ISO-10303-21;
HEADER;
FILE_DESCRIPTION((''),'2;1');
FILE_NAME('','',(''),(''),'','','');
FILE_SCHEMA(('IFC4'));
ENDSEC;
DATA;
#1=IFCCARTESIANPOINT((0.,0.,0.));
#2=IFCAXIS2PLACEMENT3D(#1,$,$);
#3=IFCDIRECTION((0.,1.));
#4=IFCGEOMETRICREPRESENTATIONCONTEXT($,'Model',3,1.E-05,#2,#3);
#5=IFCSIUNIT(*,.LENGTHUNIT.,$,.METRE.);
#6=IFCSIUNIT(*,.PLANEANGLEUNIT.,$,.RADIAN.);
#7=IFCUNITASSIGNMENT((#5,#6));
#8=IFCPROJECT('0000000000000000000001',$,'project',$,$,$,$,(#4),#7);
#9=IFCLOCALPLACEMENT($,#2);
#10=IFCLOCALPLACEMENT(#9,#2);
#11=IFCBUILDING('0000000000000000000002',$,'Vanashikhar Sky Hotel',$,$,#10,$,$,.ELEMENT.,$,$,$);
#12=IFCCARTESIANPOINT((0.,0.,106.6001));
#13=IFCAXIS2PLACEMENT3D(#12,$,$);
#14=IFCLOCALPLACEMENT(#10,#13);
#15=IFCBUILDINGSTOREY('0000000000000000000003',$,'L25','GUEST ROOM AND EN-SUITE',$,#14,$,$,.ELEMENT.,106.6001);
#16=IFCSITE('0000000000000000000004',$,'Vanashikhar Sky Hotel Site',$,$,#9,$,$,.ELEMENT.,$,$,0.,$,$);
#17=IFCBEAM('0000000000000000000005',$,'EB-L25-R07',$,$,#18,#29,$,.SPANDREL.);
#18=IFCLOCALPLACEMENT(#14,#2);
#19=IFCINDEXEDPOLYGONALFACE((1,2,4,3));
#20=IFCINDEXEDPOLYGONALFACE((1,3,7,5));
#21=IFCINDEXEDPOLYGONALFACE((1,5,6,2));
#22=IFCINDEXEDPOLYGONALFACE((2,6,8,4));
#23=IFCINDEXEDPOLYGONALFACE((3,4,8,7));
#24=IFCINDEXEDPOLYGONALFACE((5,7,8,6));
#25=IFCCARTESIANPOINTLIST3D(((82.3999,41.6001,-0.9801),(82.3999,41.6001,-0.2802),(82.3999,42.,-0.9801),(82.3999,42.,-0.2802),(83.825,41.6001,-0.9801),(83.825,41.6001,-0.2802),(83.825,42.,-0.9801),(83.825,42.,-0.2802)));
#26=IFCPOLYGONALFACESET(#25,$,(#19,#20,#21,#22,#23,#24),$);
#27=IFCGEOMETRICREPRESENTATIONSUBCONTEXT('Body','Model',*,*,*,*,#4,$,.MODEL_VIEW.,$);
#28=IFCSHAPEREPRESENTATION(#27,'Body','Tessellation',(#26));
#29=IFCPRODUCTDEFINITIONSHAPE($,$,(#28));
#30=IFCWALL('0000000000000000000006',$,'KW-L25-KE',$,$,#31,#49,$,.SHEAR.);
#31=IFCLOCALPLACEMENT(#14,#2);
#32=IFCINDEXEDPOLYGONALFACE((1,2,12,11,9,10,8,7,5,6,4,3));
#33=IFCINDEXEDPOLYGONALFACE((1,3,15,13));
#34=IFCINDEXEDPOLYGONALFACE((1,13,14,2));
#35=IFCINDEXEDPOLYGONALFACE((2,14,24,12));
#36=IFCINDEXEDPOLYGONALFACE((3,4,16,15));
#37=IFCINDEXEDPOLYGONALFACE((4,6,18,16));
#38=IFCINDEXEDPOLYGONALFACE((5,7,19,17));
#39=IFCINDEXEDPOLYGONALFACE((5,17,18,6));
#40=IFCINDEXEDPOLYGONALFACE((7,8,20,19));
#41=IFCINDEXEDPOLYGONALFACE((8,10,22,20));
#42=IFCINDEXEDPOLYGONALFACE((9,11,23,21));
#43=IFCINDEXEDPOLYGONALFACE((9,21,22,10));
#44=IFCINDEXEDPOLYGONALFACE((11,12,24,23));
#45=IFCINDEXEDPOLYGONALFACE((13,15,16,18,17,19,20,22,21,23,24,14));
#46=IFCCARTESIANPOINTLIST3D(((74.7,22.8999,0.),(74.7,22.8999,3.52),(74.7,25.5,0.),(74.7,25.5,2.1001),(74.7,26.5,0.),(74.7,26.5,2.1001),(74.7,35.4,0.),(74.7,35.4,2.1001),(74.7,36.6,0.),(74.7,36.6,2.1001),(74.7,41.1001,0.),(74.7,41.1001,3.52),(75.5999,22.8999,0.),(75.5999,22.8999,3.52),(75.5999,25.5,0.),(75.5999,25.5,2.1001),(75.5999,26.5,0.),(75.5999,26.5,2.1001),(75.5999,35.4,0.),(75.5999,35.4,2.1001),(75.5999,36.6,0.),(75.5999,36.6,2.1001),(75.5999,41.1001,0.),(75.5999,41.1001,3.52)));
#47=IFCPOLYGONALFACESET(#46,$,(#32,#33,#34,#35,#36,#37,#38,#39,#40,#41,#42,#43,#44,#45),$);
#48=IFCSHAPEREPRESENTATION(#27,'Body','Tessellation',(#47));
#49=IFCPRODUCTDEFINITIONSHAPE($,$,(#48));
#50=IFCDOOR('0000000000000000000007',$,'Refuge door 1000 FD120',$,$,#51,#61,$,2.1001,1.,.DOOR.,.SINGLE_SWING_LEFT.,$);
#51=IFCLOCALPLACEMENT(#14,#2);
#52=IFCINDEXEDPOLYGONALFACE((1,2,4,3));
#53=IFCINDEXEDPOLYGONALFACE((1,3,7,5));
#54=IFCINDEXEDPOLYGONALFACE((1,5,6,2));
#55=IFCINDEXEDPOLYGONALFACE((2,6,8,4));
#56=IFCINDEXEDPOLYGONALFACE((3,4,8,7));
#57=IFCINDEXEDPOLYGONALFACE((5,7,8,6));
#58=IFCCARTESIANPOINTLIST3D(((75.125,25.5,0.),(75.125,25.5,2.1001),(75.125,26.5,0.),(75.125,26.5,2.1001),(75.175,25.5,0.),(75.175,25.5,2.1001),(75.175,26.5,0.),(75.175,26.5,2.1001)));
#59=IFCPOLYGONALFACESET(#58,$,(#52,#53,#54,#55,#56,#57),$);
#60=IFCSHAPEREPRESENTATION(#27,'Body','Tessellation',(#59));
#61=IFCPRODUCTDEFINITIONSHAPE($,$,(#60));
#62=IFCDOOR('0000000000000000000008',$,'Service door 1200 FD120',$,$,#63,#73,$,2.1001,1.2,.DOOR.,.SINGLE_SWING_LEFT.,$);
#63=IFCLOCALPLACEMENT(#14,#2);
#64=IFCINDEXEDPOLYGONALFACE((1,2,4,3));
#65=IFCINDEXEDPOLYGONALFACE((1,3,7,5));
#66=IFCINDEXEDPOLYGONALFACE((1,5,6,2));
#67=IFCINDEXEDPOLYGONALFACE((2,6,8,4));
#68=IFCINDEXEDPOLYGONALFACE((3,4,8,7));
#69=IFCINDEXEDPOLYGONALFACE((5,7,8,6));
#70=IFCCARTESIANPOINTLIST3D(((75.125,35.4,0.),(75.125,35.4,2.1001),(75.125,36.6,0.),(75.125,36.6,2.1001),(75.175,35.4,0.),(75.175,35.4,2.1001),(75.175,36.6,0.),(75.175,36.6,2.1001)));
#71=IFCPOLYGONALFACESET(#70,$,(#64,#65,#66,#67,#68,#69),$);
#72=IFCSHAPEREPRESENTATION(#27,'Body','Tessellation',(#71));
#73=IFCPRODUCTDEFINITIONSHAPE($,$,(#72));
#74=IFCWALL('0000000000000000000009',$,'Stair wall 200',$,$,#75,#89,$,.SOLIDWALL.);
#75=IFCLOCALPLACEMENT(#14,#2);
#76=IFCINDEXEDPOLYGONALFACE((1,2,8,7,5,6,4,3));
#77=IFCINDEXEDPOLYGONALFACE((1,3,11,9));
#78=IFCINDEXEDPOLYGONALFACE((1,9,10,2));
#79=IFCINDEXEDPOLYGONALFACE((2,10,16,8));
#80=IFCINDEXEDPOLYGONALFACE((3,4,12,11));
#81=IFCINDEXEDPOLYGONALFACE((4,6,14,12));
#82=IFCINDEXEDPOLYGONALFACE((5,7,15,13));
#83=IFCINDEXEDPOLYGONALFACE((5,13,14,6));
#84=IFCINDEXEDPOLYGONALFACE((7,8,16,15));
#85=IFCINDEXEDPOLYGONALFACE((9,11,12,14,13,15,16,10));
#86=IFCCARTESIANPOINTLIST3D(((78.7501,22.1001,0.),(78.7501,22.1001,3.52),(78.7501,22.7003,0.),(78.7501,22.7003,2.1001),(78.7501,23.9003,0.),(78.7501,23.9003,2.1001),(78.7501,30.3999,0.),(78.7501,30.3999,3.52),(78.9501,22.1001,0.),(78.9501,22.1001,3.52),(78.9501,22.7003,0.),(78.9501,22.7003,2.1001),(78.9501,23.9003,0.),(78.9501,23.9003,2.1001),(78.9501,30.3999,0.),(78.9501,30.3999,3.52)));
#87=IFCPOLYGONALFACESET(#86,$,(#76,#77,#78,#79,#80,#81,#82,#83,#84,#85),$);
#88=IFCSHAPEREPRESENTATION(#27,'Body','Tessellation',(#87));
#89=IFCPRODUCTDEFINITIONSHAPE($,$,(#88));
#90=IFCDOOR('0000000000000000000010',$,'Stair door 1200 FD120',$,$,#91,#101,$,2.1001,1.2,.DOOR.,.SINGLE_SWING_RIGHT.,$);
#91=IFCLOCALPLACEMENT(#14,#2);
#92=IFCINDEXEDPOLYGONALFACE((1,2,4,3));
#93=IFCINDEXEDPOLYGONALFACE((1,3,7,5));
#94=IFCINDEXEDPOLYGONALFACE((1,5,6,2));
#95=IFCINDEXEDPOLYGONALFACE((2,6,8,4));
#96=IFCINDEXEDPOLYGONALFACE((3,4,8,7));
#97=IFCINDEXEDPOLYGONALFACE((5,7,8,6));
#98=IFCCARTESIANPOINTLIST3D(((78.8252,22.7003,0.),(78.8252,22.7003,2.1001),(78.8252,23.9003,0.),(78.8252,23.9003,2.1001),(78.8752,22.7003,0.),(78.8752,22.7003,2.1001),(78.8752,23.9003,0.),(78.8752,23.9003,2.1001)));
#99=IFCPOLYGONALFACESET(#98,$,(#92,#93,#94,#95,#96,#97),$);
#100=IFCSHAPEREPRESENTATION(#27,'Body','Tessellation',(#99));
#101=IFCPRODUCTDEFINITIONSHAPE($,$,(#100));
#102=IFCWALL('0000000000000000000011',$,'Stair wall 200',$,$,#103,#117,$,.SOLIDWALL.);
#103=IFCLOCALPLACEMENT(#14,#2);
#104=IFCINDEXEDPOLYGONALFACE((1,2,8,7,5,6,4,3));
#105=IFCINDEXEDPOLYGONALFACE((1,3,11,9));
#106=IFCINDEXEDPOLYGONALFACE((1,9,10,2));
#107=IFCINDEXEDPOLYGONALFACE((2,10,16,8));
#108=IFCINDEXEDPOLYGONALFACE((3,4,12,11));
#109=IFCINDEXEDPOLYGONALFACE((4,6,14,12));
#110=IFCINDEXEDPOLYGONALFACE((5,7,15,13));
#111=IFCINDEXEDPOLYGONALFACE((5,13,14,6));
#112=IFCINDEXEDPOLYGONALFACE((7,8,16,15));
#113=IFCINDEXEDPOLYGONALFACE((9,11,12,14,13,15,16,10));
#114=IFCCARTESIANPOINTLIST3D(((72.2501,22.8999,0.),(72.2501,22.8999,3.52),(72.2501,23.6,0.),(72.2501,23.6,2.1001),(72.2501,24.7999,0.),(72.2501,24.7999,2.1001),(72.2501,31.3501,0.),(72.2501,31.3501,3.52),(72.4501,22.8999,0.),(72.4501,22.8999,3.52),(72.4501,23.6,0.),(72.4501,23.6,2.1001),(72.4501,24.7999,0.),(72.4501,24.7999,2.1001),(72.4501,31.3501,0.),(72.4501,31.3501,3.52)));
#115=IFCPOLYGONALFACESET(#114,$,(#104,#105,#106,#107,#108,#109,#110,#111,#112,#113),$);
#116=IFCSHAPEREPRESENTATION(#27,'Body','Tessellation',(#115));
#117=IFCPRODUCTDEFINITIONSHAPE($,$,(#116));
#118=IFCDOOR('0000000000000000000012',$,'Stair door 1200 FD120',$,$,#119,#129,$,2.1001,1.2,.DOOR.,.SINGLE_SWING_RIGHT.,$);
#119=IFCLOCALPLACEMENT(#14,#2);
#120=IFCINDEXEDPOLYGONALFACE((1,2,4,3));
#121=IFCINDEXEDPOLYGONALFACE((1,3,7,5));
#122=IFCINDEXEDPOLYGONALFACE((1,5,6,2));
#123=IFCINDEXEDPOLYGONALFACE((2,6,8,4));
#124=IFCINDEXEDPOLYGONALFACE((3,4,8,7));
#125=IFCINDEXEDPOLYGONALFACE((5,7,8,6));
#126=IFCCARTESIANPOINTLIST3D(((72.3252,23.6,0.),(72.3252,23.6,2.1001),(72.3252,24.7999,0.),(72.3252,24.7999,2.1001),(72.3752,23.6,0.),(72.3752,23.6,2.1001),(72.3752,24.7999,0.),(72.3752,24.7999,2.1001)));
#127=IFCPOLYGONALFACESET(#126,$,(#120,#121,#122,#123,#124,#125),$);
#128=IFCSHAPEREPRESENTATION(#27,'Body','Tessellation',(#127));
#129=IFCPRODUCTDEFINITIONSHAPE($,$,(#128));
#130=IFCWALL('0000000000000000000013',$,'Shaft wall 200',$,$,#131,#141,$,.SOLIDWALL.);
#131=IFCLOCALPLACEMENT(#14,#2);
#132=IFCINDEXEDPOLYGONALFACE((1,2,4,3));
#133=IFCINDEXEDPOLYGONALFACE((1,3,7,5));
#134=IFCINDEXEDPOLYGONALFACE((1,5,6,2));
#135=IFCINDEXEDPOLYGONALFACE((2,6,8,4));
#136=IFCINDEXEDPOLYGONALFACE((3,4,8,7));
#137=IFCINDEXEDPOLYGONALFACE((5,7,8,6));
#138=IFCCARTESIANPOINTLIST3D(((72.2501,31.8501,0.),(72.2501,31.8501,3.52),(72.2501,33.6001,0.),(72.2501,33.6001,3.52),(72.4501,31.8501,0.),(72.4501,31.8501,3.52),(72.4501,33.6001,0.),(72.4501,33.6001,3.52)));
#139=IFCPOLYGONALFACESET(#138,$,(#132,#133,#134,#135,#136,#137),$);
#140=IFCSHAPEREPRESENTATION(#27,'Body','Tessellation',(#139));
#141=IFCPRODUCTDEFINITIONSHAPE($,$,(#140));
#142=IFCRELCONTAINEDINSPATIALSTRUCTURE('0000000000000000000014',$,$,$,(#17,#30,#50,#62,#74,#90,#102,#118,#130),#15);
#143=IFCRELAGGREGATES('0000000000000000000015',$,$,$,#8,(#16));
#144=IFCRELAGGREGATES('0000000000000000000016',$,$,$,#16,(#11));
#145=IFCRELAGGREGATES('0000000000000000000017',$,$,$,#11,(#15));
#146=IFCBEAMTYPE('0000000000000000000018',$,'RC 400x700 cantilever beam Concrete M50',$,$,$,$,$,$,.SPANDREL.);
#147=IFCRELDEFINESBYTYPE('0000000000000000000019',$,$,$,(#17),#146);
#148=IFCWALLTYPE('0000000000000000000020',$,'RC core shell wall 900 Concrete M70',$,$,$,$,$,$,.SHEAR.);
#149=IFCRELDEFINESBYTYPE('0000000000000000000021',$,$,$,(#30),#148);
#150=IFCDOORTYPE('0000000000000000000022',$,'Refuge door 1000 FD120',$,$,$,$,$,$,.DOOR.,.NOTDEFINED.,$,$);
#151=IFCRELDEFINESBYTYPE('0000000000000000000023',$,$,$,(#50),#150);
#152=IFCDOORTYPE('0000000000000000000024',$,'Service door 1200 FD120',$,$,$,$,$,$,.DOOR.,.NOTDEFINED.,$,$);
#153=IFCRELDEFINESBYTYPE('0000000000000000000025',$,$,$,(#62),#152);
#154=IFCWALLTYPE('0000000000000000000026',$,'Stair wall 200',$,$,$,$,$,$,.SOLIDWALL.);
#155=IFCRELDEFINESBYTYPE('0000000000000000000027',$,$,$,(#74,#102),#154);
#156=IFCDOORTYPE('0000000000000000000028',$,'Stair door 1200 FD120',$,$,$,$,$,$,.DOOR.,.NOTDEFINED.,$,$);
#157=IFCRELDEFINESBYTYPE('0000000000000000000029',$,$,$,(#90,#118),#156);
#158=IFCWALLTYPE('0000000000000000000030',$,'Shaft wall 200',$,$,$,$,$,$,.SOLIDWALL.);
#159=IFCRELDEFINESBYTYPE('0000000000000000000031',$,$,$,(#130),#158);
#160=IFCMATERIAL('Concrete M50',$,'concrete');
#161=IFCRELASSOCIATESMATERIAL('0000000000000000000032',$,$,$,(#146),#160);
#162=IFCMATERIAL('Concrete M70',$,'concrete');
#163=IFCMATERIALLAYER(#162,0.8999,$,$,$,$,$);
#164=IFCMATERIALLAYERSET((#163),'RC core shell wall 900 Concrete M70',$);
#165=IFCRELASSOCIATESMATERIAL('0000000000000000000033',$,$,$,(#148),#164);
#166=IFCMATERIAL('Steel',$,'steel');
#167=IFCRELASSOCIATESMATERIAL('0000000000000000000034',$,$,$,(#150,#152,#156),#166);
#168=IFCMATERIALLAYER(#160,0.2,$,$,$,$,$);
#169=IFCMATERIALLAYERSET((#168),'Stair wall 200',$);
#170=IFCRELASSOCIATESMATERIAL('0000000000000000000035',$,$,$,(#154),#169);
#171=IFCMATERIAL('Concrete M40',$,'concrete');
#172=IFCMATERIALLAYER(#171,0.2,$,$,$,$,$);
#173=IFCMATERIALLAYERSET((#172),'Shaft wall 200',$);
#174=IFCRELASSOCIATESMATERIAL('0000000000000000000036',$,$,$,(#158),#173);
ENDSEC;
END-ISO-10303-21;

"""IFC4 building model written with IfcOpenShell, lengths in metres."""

from ifc_helpers import new_model, si_unit, direction, frame, frame_2d, origin, origin_2d, place, context, subcontext, project, spatial, rectangle, extrude, source, transform, mapped, material, layer, layer_set, material_profile, profile_set, type_object, element, fill, save


model = new_model("IFC4")

# Units and contexts
model_context = context("Model", 3, precision=1e-05, world=origin(), true_north=direction((0.0, 1.0)))
body_context = subcontext(model_context, "Body", "Model", "MODEL_VIEW")
ifc_project = project(units=[si_unit("LENGTHUNIT", "METRE"), si_unit("PLANEANGLEUNIT", "RADIAN")], contexts=[model_context])

# Site, building, storey
site_placement = place(None, origin())
site = spatial("IfcSite", under=ifc_project, at=site_placement, Name="Vanashikhar Sky Hotel Site", CompositionType="ELEMENT", RefElevation=0.0)
building_placement = place(site_placement, origin())
building = spatial("IfcBuilding", under=site, at=building_placement, Name="Vanashikhar Sky Hotel", CompositionType="ELEMENT")
storey_placement = place(building_placement, frame((0.0, 0.0, 106.6001)))
storey = spatial("IfcBuildingStorey", under=building, at=storey_placement, Name="L25", Description="GUEST ROOM AND EN-SUITE", CompositionType="ELEMENT", Elevation=106.6001)

# Beam
ifc_material_1 = material(Name="Concrete M50", Category="concrete")
ifc_material_profile = material_profile(ifc_material_1, rectangle(XDim=0.3999, YDim=0.7, at=origin_2d()))
ifc_profile_set = profile_set([ifc_material_profile], Name="RC 400x700 cantilever beam Concrete M50")
beam_type = type_object("IfcBeamType", Name="RC 400x700 cantilever beam Concrete M50", PredefinedType="SPANDREL", material=ifc_profile_set)
shared_shape_1 = source(origin(), body_context, "Body", "SweptSolid", [
    extrude(rectangle(XDim=0.3999, YDim=0.7, at=origin_2d()), origin(), (0.0, 0.0, 1.0), 1.425),
])
beam_placement = place(storey_placement, frame((82.3999, 41.8, -0.6301), z_axis=(1.0, 0.0, 0.0), x_axis=(0.0, 1.0, 0.0)))
element("IfcBeam", 1, at=beam_placement, inside=storey, type_object=beam_type, Name="EB-L25-R07", PredefinedType="SPANDREL", context=body_context, shape_type="MappedRepresentation", body=[
    mapped(shared_shape_1, transform((0.0, 0.0, 0.0), scale=1.0)),
])

# Wall, openings, doors
ifc_material_2 = material(Name="Concrete M70", Category="concrete")
ifc_layer_1 = layer(ifc_material_2, 0.8999)
ifc_layer_set_1 = layer_set([ifc_layer_1], Name="RC core shell wall 900 Concrete M70")
wall_type_1 = type_object("IfcWallType", Name="RC core shell wall 900 Concrete M70", PredefinedType="SHEAR", material=ifc_layer_set_1)
shared_shape_2 = source(origin(), body_context, "Body", "SweptSolid", [
    extrude(rectangle(XDim=18.2002, YDim=0.8999, at=frame_2d((9.1001, 0.0))), origin(), (0.0, 0.0, 1.0), 3.52),
])
wall_1_placement = place(storey_placement, frame((75.1499, 22.8999, 0.0), z_axis=(0.0, 0.0, 1.0), x_axis=(0.0, 1.0, 0.0)))
wall_1 = element("IfcWall", 2, at=wall_1_placement, inside=storey, type_object=wall_type_1, Name="KW-L25-KE", PredefinedType="SHEAR", context=body_context, shape_type="MappedRepresentation", body=[
    mapped(shared_shape_2, transform((0.0, 0.0, 0.0), scale=1.0)),
])
shared_shape_3 = source(origin(), body_context, "Body", "SweptSolid", [
    extrude(rectangle(XDim=1.0, YDim=2.1001, at=frame_2d((0.5, 1.05))), frame((0.0, 0.46, 0.0), z_axis=(0.0, -1.0, 0.0), x_axis=(1.0, 0.0, 0.0)), (0.0, 0.0, 1.0), 0.9199),
])
opening_1_placement = place(wall_1_placement, frame((2.6001, 0.0, 0.0)))
opening_1 = element("IfcOpeningElement", 3, at=opening_1_placement, cuts=wall_1, PredefinedType="OPENING", context=body_context, shape_type="MappedRepresentation", body=[
    mapped(shared_shape_3, transform((0.0, 0.0, 0.0), scale=1.0)),
])
shared_shape_4 = source(origin(), body_context, "Body", "SweptSolid", [
    extrude(rectangle(XDim=1.2, YDim=2.1001, at=frame_2d((0.6001, 1.05))), frame((0.0, 0.46, 0.0), z_axis=(0.0, -1.0, 0.0), x_axis=(1.0, 0.0, 0.0)), (0.0, 0.0, 1.0), 0.9199),
])
opening_2_placement = place(wall_1_placement, frame((12.5, 0.0, 0.0)))
opening_2 = element("IfcOpeningElement", 4, at=opening_2_placement, cuts=wall_1, PredefinedType="OPENING", context=body_context, shape_type="MappedRepresentation", body=[
    mapped(shared_shape_4, transform((0.0, 0.0, 0.0), scale=1.0)),
])
ifc_material_3 = material(Name="Steel", Category="steel")
door_type_1 = type_object("IfcDoorType", Name="Refuge door 1000 FD120", OperationType="NOTDEFINED", PredefinedType="DOOR", material=ifc_material_3)
shared_shape_5 = source(origin(), body_context, "Body", "SweptSolid", [
    extrude(rectangle(XDim=1.0, YDim=2.1001, at=frame_2d((0.5, 1.05))), frame((0.0, 0.0249, 0.0), z_axis=(0.0, -1.0, 0.0), x_axis=(1.0, 0.0, 0.0)), (0.0, 0.0, 1.0), 0.05),
])
door_1_placement = place(opening_1_placement, origin())
door_1 = element("IfcDoor", 5, at=door_1_placement, inside=storey, type_object=door_type_1, Name="Refuge door 1000 FD120", OperationType="SINGLE_SWING_LEFT", OverallHeight=2.1001, OverallWidth=1.0, PredefinedType="DOOR", context=body_context, shape_type="MappedRepresentation", body=[
    mapped(shared_shape_5, transform((0.0, 0.0, 0.0), scale=1.0)),
])
fill(opening_1, door_1)
door_type_2 = type_object("IfcDoorType", Name="Service door 1200 FD120", OperationType="NOTDEFINED", PredefinedType="DOOR", material=ifc_material_3)
shared_shape_6 = source(origin(), body_context, "Body", "SweptSolid", [
    extrude(rectangle(XDim=1.2, YDim=2.1001, at=frame_2d((0.6001, 1.05))), frame((0.0, 0.0249, 0.0), z_axis=(0.0, -1.0, 0.0), x_axis=(1.0, 0.0, 0.0)), (0.0, 0.0, 1.0), 0.05),
])
door_2_placement = place(opening_2_placement, origin())
door_2 = element("IfcDoor", 6, at=door_2_placement, inside=storey, type_object=door_type_2, Name="Service door 1200 FD120", OperationType="SINGLE_SWING_LEFT", OverallHeight=2.1001, OverallWidth=1.2, PredefinedType="DOOR", context=body_context, shape_type="MappedRepresentation", body=[
    mapped(shared_shape_6, transform((0.0, 0.0, 0.0), scale=1.0)),
])
fill(opening_2, door_2)

# Walls, openings, doors
ifc_layer_2 = layer(ifc_material_1, 0.2)
ifc_layer_set_2 = layer_set([ifc_layer_2], Name="Stair wall 200")
wall_type_2 = type_object("IfcWallType", Name="Stair wall 200", PredefinedType="SOLIDWALL", material=ifc_layer_set_2)
shared_shape_7 = source(origin(), body_context, "Body", "SweptSolid", [
    extrude(rectangle(XDim=8.2998, YDim=0.2, at=frame_2d((4.1499, 0.0))), origin(), (0.0, 0.0, 1.0), 3.52),
])
wall_2_placement = place(storey_placement, frame((78.8501, 22.1001, 0.0), z_axis=(0.0, 0.0, 1.0), x_axis=(0.0, 1.0, 0.0)))
wall_2 = element("IfcWall", 7, at=wall_2_placement, inside=storey, type_object=wall_type_2, Name="Stair wall 200", PredefinedType="SOLIDWALL", context=body_context, shape_type="MappedRepresentation", body=[
    mapped(shared_shape_7, transform((0.0, 0.0, 0.0), scale=1.0)),
])
shared_shape_8 = source(origin(), body_context, "Body", "SweptSolid", [
    extrude(rectangle(XDim=1.2, YDim=2.1001, at=frame_2d((0.6001, 1.05))), frame((0.0, 0.1099, 0.0), z_axis=(0.0, -1.0, 0.0), x_axis=(1.0, 0.0, 0.0)), (0.0, 0.0, 1.0), 0.22),
])
opening_3_placement = place(wall_2_placement, frame((0.6001, 0.0, 0.0)))
opening_3 = element("IfcOpeningElement", 8, at=opening_3_placement, cuts=wall_2, PredefinedType="OPENING", context=body_context, shape_type="MappedRepresentation", body=[
    mapped(shared_shape_8, transform((0.0, 0.0, 0.0), scale=1.0)),
])
door_type_3 = type_object("IfcDoorType", Name="Stair door 1200 FD120", OperationType="NOTDEFINED", PredefinedType="DOOR", material=ifc_material_3)
door_3_placement = place(opening_3_placement, origin())
door_3 = element("IfcDoor", 9, at=door_3_placement, inside=storey, type_object=door_type_3, Name="Stair door 1200 FD120", OperationType="SINGLE_SWING_RIGHT", OverallHeight=2.1001, OverallWidth=1.2, PredefinedType="DOOR", context=body_context, shape_type="MappedRepresentation", body=[
    mapped(shared_shape_6, transform((0.0, 0.0, 0.0), scale=1.0)),
])
fill(opening_3, door_3)
shared_shape_9 = source(origin(), body_context, "Body", "SweptSolid", [
    extrude(rectangle(XDim=8.4502, YDim=0.2, at=frame_2d((4.2251, 0.0))), origin(), (0.0, 0.0, 1.0), 3.52),
])
wall_3_placement = place(storey_placement, frame((72.3501, 22.8999, 0.0), z_axis=(0.0, 0.0, 1.0), x_axis=(0.0, 1.0, 0.0)))
wall_3 = element("IfcWall", 10, at=wall_3_placement, inside=storey, type_object=wall_type_2, Name="Stair wall 200", PredefinedType="SOLIDWALL", context=body_context, shape_type="MappedRepresentation", body=[
    mapped(shared_shape_9, transform((0.0, 0.0, 0.0), scale=1.0)),
])
opening_4_placement = place(wall_3_placement, frame((0.7, 0.0, 0.0)))
opening_4 = element("IfcOpeningElement", 11, at=opening_4_placement, cuts=wall_3, PredefinedType="OPENING", context=body_context, shape_type="MappedRepresentation", body=[
    mapped(shared_shape_8, transform((0.0, 0.0, 0.0), scale=1.0)),
])
door_4_placement = place(opening_4_placement, origin())
door_4 = element("IfcDoor", 12, at=door_4_placement, inside=storey, type_object=door_type_3, Name="Stair door 1200 FD120", OperationType="SINGLE_SWING_RIGHT", OverallHeight=2.1001, OverallWidth=1.2, PredefinedType="DOOR", context=body_context, shape_type="MappedRepresentation", body=[
    mapped(shared_shape_6, transform((0.0, 0.0, 0.0), scale=1.0)),
])
fill(opening_4, door_4)

# Wall
ifc_material_4 = material(Name="Concrete M40", Category="concrete")
ifc_layer_3 = layer(ifc_material_4, 0.2)
ifc_layer_set_3 = layer_set([ifc_layer_3], Name="Shaft wall 200")
wall_type_3 = type_object("IfcWallType", Name="Shaft wall 200", PredefinedType="SOLIDWALL", material=ifc_layer_set_3)
shared_shape_10 = source(origin(), body_context, "Body", "SweptSolid", [
    extrude(rectangle(XDim=1.75, YDim=0.2, at=frame_2d((0.875, 0.0))), origin(), (0.0, 0.0, 1.0), 3.52),
])
wall_4_placement = place(storey_placement, frame((72.3501, 31.8501, 0.0), z_axis=(0.0, 0.0, 1.0), x_axis=(0.0, 1.0, 0.0)))
element("IfcWall", 13, at=wall_4_placement, inside=storey, type_object=wall_type_3, Name="Shaft wall 200", PredefinedType="SOLIDWALL", context=body_context, shape_type="MappedRepresentation", body=[
    mapped(shared_shape_10, transform((0.0, 0.0, 0.0), scale=1.0)),
])

save(model, "model.ifc")
